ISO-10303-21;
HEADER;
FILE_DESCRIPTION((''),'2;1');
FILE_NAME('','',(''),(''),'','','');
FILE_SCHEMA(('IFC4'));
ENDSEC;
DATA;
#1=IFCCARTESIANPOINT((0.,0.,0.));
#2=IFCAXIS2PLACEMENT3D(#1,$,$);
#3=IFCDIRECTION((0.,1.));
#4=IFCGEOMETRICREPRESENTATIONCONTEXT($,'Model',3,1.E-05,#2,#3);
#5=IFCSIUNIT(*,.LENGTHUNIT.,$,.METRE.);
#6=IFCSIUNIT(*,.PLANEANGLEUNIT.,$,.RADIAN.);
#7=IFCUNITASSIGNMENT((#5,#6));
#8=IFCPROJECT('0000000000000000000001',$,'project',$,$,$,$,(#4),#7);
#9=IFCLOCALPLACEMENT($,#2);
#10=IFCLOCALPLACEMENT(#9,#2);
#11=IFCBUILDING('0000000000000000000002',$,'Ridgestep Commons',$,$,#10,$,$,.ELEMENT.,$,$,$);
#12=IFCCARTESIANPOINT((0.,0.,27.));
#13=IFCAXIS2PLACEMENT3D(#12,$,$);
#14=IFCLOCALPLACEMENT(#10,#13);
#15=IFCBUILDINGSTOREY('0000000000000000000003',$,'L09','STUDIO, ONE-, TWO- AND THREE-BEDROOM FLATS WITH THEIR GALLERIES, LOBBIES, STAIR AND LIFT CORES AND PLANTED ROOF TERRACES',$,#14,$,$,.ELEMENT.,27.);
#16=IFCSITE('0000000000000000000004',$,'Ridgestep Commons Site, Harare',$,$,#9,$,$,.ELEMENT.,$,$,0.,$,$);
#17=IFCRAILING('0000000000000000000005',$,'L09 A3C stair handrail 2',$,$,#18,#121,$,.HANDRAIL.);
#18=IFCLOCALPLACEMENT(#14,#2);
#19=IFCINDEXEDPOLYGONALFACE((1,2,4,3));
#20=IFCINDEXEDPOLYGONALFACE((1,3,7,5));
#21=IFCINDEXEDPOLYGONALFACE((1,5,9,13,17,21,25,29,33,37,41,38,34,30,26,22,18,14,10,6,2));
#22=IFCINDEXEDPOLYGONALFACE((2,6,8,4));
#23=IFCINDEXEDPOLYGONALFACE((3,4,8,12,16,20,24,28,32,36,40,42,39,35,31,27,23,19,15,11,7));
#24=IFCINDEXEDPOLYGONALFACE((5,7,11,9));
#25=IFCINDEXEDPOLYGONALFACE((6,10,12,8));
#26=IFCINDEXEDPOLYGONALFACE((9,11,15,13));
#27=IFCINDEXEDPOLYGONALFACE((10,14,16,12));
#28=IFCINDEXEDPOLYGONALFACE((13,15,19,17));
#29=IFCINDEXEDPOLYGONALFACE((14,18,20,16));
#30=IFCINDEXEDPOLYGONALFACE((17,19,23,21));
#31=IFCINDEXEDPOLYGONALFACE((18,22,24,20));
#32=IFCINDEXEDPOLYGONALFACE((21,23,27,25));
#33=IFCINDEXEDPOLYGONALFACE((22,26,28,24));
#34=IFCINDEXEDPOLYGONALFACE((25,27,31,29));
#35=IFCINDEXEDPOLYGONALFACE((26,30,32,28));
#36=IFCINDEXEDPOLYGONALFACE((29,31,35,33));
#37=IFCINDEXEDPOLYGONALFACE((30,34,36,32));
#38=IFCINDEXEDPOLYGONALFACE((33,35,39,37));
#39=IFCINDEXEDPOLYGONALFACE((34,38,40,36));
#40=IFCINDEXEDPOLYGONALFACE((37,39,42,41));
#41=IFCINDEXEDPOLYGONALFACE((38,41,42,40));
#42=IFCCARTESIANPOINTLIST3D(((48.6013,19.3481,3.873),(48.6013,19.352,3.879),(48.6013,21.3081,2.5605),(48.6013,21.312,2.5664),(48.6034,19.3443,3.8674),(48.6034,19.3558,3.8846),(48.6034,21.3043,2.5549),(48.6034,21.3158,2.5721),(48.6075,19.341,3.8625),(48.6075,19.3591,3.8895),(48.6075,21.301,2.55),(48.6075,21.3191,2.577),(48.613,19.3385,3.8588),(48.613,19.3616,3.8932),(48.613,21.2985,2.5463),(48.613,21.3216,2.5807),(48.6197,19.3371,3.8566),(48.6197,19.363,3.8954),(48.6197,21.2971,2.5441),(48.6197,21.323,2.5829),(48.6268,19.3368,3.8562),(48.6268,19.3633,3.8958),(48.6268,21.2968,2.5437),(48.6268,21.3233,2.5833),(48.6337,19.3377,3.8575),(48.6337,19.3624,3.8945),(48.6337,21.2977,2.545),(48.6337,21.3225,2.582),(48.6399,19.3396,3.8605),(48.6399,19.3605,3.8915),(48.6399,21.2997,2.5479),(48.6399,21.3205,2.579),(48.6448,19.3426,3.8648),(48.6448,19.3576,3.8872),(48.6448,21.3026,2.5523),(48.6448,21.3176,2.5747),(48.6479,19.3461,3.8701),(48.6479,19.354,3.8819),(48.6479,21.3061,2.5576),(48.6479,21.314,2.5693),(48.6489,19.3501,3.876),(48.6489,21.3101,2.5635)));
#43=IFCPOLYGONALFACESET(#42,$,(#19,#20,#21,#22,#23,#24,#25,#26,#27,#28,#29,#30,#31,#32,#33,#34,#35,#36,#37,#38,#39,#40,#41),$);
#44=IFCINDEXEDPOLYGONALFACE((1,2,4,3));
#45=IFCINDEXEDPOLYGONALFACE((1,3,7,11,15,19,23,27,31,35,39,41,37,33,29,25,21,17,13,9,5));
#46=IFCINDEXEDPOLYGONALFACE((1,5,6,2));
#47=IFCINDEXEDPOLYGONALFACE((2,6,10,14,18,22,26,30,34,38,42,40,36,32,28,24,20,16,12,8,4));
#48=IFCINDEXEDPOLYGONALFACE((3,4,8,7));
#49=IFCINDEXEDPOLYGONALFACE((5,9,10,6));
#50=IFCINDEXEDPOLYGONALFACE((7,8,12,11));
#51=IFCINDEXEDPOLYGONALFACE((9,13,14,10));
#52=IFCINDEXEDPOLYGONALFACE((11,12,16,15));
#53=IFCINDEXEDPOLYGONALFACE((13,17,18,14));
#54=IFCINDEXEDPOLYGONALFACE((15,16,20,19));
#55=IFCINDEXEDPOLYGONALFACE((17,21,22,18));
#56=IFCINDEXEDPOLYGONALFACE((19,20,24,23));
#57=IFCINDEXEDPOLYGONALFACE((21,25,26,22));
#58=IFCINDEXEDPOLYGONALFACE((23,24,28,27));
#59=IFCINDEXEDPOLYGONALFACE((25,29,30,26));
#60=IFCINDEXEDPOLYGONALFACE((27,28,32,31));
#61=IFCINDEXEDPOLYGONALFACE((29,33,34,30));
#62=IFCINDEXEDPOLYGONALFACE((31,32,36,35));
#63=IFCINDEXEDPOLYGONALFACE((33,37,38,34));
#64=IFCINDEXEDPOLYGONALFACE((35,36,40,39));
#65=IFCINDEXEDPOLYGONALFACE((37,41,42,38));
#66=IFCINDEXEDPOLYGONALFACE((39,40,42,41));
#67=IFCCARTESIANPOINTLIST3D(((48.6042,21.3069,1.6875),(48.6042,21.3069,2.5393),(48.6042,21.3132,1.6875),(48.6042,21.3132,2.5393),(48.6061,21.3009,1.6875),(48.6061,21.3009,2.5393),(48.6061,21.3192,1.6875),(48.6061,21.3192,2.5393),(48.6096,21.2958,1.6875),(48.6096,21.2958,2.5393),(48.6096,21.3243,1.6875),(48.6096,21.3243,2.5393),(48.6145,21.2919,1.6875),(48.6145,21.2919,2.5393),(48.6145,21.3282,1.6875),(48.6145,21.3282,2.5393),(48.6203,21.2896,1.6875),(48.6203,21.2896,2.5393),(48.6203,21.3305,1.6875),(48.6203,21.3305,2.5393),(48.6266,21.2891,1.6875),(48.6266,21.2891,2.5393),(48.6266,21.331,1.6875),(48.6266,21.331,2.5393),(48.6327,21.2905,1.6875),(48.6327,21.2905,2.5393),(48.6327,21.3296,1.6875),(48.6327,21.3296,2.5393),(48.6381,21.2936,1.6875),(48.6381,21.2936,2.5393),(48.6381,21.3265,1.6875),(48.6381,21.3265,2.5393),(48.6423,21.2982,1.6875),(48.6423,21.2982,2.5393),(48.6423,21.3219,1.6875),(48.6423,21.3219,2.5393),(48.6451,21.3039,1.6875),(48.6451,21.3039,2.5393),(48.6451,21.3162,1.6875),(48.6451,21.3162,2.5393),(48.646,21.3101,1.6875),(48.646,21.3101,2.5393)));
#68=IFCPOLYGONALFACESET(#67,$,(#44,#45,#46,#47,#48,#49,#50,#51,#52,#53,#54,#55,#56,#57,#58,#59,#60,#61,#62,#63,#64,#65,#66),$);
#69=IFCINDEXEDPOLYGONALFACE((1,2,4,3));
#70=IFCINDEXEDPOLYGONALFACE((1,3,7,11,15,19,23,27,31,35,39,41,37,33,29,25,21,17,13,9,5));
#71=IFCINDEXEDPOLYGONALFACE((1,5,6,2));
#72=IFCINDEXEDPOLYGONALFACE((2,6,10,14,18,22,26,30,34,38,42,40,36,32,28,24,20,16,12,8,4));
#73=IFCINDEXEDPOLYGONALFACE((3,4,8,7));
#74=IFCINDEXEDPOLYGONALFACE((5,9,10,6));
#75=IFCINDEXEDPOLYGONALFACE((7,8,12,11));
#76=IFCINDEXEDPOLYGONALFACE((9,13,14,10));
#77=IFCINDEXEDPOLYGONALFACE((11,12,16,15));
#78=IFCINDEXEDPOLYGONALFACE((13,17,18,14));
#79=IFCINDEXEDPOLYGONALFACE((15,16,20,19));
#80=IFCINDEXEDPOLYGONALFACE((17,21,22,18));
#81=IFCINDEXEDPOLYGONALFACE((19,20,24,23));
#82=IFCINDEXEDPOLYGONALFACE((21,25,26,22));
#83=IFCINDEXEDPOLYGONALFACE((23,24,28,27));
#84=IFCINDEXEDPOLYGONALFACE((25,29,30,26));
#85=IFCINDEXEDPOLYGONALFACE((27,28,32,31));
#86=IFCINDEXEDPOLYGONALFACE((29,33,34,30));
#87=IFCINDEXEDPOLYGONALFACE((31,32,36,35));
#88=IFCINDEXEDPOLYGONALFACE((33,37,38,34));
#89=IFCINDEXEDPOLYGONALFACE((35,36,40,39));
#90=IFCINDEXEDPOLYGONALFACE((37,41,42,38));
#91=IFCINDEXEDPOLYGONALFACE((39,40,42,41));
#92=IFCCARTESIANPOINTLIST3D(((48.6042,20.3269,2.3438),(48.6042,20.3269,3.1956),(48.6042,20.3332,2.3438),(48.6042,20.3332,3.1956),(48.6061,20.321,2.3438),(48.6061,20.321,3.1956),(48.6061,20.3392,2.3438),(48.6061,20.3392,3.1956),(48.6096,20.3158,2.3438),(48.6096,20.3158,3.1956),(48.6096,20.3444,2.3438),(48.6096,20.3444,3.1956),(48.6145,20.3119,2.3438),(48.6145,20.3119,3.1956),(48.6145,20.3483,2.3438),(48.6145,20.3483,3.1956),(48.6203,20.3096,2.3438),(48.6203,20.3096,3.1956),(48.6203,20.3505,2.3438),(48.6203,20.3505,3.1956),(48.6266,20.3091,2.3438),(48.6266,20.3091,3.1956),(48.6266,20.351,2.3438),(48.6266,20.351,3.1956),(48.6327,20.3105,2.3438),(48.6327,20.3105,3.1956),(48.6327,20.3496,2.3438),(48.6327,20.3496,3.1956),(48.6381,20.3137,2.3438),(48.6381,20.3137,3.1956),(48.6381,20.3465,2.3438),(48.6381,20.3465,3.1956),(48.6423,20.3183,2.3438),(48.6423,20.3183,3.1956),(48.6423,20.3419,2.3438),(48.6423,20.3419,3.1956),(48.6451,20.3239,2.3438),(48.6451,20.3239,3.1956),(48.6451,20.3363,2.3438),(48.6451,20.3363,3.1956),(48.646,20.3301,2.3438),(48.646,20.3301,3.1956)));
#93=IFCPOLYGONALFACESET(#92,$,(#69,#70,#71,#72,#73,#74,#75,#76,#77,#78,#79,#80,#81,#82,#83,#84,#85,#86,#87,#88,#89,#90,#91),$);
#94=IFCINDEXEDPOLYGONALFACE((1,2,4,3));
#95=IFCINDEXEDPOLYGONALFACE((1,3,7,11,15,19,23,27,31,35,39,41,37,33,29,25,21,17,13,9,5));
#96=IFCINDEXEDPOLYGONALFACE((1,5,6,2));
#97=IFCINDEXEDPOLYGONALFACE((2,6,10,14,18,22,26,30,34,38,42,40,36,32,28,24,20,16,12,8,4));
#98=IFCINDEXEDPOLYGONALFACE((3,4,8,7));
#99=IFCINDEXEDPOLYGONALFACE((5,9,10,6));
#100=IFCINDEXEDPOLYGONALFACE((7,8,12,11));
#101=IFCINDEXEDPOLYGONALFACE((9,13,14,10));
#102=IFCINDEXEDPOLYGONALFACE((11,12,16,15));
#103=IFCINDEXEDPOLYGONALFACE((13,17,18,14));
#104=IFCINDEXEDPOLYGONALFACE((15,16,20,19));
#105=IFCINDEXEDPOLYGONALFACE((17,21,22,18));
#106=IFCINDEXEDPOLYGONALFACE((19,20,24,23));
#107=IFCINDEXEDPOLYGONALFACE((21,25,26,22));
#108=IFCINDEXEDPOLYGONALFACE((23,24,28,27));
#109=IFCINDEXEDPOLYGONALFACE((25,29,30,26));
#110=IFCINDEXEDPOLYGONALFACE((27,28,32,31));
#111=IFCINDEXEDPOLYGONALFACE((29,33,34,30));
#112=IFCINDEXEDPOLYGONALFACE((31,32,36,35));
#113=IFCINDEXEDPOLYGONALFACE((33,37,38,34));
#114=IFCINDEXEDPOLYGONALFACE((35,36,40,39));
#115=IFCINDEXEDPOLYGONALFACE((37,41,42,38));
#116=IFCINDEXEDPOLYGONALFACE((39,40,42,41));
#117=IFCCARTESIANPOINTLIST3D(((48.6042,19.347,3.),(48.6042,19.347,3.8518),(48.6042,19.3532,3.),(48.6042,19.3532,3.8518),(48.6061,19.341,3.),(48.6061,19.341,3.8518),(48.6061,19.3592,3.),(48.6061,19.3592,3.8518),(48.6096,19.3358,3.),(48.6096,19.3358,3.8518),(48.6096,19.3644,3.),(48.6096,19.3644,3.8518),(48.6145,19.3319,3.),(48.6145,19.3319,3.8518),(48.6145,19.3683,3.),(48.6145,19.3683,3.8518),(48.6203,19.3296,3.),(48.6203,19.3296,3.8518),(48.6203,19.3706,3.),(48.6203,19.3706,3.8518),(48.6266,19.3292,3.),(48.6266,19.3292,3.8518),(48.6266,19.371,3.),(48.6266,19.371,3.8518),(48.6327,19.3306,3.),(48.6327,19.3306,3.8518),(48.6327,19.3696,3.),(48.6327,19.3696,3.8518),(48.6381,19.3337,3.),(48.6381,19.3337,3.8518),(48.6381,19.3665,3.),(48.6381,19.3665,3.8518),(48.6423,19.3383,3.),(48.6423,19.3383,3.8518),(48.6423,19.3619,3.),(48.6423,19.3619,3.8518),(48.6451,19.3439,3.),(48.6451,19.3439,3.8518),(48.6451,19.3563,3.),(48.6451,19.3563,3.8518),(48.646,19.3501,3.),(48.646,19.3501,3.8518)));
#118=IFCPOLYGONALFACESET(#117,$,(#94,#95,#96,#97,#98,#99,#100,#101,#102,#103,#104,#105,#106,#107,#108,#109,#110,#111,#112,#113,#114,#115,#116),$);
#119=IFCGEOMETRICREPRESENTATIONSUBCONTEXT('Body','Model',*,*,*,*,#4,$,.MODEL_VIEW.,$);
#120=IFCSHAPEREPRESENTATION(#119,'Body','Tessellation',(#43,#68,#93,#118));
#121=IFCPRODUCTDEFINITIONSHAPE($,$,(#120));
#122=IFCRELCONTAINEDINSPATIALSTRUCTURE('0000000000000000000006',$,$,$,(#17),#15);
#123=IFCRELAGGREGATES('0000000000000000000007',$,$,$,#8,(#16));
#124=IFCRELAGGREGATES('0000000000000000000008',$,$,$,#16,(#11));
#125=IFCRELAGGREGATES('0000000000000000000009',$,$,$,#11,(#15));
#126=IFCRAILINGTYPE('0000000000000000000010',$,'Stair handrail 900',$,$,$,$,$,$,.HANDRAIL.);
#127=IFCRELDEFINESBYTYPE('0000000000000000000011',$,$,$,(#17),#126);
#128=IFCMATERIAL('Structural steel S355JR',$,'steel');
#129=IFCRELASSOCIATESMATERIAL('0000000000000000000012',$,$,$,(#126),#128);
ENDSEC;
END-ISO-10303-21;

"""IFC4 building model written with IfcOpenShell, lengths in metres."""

from ifc_helpers import new_model, si_unit, direction, frame, origin, origin_2d, place, context, subcontext, project, spatial, circle, extrude, material, type_object, element, save


model = new_model("IFC4")

# Units and contexts
model_context = context("Model", 3, precision=1e-05, world=origin(), true_north=direction((0.0, 1.0)))
body_context = subcontext(model_context, "Body", "Model", "MODEL_VIEW")
ifc_project = project(units=[si_unit("LENGTHUNIT", "METRE"), si_unit("PLANEANGLEUNIT", "RADIAN")], contexts=[model_context])

# Site, building, storey
site_placement = place(None, origin())
site = spatial("IfcSite", under=ifc_project, at=site_placement, Name="Ridgestep Commons Site, Harare", CompositionType="ELEMENT", RefElevation=0.0)
building_placement = place(site_placement, origin())
building = spatial("IfcBuilding", under=site, at=building_placement, Name="Ridgestep Commons", CompositionType="ELEMENT")
storey_placement = place(building_placement, frame((0.0, 0.0, 27.0)))
storey = spatial("IfcBuildingStorey", under=building, at=storey_placement, Name="L09", Description="STUDIO, ONE-, TWO- AND THREE-BEDROOM FLATS WITH THEIR GALLERIES, LOBBIES, STAIR AND LIFT CORES AND PLANTED ROOF TERRACES", CompositionType="ELEMENT", Elevation=27.0)

# Railing
ifc_material_1 = material(Name="Structural steel S355JR", Category="steel")
railing_type_1 = type_object("IfcRailingType", Name="Stair handrail 900", PredefinedType="HANDRAIL", material=ifc_material_1)
railing_1_placement = place(storey_placement, frame((48.625, 21.3101, 1.6875)))
element("IfcRailing", 1, at=railing_1_placement, inside=storey, type_object=railing_type_1, Name="L09 A3C stair handrail 2", PredefinedType="HANDRAIL", context=body_context, shape_type="SweptSolid", body=[
    extrude(circle(Radius=0.0239, at=origin_2d()), frame((0.0, 0.0, 0.876), z_axis=(0.0, -0.830902, 0.556419), x_axis=(1.0, 0.0, 0.0)), (0.0, 0.0, 1.0), 2.3589),
    extrude(circle(Radius=0.021, at=origin_2d()), origin(), (0.0, 0.0, 1.0), 0.8518),
    extrude(circle(Radius=0.021, at=origin_2d()), frame((0.0, -0.98, 0.6562)), (0.0, 0.0, 1.0), 0.8518),
    extrude(circle(Radius=0.021, at=origin_2d()), frame((0.0, -1.96, 1.3125)), (0.0, 0.0, 1.0), 0.8518),
])

save(model, "model.ifc")
